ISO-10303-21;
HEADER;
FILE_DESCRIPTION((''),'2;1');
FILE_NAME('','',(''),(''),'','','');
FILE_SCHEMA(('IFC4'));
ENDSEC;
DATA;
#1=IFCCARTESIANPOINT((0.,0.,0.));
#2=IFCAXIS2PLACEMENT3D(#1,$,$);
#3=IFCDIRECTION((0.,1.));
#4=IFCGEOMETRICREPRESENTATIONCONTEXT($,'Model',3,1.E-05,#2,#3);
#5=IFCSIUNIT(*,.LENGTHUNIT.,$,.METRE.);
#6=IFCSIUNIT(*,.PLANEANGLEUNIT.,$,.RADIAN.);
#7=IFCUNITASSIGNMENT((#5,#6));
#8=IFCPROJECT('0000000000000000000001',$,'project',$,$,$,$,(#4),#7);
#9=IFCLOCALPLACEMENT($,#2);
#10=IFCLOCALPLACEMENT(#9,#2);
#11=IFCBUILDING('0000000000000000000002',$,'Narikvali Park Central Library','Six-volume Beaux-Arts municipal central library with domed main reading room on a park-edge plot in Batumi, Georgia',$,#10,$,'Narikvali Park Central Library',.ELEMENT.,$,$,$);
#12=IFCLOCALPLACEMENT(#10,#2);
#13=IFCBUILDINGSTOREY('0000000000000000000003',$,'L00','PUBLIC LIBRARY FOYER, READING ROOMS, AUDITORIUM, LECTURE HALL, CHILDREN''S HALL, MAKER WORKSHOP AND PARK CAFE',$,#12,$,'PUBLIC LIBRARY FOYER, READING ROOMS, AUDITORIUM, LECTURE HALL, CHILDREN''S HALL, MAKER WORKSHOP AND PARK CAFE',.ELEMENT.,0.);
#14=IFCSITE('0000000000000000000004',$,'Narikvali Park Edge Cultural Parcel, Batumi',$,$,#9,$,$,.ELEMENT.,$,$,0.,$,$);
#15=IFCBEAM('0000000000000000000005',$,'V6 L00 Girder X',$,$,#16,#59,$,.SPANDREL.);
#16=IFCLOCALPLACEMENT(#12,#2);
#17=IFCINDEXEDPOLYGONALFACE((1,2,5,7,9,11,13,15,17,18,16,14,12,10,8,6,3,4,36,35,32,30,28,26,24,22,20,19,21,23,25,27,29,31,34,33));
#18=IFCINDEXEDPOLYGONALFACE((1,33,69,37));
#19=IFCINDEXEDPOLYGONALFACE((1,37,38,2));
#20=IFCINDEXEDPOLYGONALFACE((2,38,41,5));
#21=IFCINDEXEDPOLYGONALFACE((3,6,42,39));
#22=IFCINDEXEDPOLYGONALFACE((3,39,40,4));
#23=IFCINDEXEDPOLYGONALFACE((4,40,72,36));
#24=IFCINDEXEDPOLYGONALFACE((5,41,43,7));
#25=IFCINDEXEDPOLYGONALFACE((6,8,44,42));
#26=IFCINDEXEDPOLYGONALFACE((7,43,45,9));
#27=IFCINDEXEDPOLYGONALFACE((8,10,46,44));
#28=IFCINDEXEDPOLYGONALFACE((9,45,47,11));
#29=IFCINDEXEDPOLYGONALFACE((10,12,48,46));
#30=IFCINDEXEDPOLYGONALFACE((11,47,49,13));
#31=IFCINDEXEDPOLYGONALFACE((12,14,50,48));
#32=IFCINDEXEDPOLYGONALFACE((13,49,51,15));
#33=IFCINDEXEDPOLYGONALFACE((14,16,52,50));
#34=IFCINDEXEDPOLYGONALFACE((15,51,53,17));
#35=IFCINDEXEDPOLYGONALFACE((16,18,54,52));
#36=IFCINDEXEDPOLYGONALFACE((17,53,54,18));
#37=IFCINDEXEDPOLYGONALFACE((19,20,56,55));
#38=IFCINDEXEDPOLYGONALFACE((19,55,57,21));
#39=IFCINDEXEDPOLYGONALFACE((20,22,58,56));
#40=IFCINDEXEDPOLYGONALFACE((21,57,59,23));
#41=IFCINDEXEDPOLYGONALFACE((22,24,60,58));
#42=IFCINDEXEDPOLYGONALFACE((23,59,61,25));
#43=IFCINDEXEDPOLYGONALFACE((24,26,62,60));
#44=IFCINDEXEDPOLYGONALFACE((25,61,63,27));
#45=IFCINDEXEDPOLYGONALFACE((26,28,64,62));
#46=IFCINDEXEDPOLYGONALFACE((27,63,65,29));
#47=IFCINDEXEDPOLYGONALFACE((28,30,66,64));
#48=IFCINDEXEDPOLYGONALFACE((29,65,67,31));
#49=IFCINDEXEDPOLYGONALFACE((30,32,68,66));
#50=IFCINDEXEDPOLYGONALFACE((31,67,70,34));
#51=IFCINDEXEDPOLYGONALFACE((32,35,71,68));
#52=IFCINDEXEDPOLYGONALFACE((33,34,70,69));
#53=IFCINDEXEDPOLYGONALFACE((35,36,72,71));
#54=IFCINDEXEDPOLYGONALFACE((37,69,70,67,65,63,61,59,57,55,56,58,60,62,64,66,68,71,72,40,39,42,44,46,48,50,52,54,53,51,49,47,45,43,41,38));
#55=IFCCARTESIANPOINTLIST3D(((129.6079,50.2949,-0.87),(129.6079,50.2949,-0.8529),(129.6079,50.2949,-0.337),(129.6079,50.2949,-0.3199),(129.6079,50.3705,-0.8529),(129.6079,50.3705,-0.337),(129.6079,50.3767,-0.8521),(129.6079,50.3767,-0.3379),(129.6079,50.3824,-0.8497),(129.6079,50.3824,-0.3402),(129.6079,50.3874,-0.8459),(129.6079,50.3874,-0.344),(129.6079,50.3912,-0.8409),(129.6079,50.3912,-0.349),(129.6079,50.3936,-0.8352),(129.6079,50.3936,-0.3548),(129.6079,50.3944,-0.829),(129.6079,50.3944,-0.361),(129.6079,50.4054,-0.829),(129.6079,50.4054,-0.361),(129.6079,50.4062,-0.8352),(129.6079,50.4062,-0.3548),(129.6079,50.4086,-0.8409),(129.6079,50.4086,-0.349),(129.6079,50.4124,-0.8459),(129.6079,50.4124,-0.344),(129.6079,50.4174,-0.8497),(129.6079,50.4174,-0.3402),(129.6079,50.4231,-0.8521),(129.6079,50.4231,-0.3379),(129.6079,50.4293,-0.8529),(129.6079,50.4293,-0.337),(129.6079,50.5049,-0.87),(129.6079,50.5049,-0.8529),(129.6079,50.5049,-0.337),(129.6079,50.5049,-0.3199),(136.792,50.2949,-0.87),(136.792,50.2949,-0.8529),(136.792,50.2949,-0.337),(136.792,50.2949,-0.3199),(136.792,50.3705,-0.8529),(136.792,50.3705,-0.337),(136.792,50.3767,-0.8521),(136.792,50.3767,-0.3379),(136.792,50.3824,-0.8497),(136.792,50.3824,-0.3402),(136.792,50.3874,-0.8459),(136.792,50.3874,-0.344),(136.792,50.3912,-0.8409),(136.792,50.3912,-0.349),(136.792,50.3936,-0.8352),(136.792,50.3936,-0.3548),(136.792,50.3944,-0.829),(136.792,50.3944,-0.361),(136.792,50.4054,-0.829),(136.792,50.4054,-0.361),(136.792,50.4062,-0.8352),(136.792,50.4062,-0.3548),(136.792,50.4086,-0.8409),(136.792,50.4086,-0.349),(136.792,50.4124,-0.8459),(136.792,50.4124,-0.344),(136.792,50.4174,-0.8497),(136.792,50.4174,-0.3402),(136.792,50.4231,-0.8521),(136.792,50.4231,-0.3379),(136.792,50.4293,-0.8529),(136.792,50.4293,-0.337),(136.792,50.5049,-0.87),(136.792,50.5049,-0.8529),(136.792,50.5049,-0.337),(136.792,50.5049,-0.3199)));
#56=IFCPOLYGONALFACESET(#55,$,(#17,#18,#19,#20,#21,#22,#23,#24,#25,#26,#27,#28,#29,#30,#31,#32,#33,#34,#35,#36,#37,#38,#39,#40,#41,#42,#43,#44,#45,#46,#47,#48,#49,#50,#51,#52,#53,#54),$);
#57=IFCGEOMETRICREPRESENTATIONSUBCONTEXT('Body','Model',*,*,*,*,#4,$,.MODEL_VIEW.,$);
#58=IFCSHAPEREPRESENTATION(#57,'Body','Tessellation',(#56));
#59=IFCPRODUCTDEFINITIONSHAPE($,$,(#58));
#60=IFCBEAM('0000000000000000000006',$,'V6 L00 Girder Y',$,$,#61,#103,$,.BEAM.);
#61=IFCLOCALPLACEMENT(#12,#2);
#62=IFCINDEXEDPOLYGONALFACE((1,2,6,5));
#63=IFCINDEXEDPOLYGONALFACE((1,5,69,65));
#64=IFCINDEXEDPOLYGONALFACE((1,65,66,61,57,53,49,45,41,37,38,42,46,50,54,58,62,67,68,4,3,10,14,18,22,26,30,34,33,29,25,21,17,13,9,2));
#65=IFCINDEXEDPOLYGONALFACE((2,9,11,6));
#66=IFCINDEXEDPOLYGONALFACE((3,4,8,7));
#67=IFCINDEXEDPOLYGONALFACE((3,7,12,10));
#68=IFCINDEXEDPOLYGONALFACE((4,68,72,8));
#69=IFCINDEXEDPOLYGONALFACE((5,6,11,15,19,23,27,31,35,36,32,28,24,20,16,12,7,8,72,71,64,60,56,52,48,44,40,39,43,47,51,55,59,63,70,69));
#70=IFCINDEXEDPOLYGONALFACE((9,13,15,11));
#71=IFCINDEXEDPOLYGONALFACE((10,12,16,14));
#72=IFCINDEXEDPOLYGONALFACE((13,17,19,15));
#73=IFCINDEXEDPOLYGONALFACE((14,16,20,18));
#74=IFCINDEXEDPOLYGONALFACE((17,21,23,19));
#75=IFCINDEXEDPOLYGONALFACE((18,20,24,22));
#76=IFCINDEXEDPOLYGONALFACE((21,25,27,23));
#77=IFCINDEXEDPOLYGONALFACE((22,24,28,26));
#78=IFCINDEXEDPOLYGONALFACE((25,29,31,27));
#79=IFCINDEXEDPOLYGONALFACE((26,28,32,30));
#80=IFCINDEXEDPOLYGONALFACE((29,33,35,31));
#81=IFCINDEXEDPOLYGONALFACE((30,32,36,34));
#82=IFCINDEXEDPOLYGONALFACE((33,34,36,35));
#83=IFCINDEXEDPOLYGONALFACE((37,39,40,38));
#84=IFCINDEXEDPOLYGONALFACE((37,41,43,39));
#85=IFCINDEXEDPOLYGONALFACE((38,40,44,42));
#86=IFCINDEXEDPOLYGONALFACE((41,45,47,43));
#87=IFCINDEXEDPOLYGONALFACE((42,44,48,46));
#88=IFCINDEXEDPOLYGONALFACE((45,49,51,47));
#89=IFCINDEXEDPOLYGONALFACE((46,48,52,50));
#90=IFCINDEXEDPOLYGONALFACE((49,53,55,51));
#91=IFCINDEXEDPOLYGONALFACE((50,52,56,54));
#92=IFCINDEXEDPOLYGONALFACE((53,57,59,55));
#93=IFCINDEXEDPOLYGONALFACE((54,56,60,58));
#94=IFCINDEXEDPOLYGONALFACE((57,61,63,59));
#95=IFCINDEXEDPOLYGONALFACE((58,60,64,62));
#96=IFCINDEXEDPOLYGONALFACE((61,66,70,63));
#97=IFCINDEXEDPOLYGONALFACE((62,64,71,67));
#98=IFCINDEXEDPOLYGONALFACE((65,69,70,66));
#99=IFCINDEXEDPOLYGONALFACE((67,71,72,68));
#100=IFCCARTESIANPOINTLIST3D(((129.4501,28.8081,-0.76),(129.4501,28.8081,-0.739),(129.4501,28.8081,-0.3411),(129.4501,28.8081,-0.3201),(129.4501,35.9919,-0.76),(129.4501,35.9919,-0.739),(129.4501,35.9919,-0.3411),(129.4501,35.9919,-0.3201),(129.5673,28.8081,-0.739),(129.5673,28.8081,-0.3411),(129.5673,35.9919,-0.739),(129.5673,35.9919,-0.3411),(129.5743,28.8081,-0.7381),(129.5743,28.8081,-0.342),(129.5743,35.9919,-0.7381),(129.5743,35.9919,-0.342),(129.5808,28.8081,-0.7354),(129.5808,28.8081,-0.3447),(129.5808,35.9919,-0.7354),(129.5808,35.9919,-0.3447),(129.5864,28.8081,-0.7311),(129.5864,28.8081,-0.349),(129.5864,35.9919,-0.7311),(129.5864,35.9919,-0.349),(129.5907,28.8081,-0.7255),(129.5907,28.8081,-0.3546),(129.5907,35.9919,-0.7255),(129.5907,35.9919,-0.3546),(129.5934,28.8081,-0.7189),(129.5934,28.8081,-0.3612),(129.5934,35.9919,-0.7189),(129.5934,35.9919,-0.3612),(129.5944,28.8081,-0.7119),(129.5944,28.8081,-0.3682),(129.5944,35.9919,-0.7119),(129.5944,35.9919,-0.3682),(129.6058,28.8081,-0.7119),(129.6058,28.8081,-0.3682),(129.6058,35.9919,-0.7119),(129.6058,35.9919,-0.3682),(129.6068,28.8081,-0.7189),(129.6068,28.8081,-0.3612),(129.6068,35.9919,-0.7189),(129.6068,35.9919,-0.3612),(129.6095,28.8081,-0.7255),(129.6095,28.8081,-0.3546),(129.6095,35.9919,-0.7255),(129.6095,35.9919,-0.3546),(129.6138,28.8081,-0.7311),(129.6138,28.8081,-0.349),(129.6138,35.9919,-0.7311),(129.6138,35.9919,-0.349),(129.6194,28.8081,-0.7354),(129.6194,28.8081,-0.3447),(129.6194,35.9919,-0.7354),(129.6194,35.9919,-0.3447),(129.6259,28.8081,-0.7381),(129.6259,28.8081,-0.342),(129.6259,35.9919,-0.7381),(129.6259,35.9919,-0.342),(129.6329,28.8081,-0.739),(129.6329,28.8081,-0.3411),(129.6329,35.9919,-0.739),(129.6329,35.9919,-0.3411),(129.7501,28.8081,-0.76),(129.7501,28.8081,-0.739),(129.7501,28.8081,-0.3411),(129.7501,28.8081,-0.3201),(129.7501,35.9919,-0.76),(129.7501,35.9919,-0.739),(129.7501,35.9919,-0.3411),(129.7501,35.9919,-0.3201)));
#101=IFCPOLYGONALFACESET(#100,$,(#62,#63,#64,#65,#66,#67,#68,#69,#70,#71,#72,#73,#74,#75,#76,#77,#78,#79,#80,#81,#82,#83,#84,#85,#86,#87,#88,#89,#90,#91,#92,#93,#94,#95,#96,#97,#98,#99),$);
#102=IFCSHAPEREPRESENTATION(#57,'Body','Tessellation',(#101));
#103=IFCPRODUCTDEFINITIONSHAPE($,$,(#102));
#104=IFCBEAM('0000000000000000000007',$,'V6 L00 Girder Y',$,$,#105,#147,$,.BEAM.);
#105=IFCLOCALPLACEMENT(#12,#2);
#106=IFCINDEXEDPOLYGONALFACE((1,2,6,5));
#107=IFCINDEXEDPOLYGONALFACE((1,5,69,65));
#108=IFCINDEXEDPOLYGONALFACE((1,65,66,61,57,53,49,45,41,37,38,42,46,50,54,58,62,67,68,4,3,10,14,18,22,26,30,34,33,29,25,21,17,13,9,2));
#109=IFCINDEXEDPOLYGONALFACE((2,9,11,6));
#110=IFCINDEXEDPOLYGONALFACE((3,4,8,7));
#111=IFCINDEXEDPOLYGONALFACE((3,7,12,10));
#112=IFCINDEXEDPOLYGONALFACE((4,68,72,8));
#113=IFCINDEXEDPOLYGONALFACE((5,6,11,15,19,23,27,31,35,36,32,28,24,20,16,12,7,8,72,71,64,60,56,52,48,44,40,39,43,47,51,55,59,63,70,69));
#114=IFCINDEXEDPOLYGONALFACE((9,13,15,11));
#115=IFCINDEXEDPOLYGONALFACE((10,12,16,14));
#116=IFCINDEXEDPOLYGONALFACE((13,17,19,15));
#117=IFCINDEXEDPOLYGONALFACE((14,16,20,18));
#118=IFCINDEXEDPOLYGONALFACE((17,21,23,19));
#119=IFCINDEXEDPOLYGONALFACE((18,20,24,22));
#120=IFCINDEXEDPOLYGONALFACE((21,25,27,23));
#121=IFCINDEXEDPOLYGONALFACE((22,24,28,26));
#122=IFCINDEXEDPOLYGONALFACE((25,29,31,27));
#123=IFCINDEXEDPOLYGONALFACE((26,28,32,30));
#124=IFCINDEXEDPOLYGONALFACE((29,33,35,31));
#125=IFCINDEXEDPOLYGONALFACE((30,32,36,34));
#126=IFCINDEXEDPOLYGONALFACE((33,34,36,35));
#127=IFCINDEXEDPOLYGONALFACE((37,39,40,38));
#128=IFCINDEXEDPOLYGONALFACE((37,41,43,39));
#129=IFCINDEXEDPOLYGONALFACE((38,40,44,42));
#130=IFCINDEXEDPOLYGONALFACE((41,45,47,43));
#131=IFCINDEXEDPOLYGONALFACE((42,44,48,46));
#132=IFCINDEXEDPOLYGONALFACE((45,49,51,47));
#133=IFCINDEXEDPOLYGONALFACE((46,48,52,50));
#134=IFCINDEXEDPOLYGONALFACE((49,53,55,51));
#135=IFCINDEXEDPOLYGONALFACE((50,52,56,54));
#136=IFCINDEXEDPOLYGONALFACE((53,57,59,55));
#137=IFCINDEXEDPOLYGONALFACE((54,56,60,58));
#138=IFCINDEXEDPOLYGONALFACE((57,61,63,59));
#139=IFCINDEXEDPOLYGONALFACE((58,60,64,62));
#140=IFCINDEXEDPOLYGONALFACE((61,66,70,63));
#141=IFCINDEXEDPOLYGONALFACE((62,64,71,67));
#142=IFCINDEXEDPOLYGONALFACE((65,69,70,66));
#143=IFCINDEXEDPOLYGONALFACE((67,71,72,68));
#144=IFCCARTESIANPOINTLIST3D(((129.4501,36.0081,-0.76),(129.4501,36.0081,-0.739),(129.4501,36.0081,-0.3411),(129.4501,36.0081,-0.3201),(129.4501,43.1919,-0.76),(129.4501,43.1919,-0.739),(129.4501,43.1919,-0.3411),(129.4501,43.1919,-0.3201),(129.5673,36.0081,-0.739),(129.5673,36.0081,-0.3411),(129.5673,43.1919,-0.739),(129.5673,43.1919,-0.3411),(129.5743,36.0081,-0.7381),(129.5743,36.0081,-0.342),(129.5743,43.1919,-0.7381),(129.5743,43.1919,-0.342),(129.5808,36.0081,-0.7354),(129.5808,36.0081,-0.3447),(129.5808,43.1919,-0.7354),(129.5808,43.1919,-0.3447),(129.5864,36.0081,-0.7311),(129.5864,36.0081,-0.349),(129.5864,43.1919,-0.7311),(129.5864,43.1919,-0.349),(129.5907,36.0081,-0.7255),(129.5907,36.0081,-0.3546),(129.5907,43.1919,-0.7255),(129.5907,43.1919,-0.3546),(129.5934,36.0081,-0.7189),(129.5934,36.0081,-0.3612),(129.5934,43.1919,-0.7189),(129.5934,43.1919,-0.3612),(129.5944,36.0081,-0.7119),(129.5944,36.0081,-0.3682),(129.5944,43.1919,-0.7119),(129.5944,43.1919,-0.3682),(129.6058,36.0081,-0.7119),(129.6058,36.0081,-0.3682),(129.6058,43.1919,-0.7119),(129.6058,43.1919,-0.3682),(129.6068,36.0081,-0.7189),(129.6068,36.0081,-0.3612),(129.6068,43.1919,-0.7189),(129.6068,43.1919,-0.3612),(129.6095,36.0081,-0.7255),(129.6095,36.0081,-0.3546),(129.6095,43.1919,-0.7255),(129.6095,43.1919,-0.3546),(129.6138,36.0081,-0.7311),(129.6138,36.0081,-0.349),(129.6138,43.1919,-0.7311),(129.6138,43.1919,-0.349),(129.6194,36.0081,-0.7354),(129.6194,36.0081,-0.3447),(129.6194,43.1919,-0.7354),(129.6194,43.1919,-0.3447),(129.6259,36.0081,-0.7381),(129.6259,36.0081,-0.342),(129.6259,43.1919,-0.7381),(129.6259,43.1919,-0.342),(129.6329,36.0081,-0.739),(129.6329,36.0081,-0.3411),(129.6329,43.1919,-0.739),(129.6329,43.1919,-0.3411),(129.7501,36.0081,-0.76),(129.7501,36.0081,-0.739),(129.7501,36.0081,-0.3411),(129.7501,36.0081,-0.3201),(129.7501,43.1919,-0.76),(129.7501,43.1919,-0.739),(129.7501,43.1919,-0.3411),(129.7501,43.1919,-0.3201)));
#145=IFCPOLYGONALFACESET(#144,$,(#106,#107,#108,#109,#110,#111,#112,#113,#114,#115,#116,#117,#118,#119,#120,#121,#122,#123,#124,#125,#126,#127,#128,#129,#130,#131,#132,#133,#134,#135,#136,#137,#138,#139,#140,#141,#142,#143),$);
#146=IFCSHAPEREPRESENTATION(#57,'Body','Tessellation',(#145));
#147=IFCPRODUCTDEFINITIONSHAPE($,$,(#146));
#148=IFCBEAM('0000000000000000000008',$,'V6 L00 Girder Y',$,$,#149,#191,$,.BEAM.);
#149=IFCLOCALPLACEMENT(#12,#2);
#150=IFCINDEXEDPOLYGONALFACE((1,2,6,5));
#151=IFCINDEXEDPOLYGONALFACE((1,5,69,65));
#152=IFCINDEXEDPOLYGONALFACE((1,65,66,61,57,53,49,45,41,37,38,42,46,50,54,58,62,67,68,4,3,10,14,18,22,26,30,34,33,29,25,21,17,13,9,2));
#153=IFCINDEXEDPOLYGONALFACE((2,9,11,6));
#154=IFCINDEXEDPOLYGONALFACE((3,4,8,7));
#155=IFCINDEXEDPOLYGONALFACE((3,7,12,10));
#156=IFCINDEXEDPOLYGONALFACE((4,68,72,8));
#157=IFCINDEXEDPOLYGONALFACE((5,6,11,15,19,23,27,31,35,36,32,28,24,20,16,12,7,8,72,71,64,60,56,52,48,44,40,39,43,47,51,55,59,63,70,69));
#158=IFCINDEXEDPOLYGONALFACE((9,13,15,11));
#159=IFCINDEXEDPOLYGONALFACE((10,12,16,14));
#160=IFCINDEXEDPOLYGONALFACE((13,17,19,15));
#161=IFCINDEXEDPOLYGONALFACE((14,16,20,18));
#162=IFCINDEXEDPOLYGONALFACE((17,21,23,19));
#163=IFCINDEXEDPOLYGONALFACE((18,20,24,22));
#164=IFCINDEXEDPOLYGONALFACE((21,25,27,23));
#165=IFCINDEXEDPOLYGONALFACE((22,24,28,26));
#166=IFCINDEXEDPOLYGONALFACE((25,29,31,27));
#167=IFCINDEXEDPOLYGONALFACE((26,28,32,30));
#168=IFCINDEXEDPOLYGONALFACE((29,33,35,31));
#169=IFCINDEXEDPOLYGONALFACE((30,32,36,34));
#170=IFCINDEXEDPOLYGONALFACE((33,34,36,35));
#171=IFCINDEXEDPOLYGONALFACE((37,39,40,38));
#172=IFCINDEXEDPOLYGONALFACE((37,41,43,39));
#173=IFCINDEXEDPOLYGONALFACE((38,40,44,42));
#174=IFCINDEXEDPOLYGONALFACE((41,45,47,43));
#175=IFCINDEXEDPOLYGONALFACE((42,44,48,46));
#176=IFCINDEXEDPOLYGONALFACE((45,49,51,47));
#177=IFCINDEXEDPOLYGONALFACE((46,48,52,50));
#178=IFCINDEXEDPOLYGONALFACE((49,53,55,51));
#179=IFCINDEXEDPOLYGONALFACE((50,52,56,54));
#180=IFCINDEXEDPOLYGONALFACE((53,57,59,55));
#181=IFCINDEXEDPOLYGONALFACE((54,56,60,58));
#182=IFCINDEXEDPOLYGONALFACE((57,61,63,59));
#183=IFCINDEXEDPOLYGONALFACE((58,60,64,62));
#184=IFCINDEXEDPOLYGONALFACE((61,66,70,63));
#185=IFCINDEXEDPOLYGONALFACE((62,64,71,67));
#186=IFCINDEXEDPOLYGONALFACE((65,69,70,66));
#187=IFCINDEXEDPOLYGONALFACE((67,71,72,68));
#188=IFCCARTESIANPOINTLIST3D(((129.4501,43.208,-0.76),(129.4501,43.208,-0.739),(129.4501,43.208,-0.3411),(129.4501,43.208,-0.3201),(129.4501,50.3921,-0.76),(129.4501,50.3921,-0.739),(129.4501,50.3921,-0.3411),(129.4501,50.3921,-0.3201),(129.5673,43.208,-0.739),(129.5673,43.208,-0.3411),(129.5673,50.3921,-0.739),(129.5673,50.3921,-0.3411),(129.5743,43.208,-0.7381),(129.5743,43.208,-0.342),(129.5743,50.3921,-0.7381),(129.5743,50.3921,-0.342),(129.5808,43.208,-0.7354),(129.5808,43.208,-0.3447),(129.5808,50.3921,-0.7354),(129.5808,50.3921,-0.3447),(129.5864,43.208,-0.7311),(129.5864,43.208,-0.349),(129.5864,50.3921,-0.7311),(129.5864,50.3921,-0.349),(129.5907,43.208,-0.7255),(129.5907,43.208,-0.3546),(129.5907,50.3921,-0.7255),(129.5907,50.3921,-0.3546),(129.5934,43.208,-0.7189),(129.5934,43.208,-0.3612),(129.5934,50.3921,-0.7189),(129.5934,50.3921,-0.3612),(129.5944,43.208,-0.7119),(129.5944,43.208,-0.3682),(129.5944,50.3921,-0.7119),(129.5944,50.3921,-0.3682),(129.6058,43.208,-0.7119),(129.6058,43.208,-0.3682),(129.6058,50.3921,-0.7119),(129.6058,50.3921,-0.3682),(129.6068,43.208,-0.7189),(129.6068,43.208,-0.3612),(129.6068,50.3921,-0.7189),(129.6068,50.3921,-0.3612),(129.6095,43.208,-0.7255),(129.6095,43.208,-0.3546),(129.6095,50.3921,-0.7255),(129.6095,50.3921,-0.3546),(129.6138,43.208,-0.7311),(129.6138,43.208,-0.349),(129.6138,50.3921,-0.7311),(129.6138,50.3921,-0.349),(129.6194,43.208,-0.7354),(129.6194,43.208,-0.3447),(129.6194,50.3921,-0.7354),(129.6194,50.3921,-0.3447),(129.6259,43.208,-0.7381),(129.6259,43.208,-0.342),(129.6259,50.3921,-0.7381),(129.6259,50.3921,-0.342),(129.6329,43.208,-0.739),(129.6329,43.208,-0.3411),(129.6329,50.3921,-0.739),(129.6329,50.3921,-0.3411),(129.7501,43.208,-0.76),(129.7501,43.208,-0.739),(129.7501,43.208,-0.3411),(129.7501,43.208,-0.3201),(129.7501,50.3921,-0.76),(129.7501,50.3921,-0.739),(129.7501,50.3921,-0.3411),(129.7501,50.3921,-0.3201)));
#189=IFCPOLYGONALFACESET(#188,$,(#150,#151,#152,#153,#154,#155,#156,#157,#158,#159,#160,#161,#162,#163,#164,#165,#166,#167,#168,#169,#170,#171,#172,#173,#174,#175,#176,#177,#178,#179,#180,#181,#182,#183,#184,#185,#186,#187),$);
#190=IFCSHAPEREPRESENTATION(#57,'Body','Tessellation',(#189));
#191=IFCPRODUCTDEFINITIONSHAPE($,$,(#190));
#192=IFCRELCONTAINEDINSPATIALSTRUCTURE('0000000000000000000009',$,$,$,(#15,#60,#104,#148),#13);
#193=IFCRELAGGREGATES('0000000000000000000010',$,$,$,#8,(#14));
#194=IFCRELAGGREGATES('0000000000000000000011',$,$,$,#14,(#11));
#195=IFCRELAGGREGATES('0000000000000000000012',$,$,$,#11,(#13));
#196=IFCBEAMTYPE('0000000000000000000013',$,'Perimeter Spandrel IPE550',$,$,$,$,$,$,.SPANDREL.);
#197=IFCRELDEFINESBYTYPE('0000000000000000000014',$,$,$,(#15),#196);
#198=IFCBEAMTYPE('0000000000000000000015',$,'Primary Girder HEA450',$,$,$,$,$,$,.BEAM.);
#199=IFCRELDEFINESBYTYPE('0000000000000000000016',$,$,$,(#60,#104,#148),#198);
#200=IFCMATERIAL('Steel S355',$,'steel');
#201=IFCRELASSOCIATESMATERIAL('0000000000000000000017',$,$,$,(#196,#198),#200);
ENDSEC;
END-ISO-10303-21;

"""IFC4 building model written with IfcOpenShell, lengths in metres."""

from ifc_helpers import new_model, si_unit, direction, frame, origin, origin_2d, place, context, subcontext, project, spatial, i_section, extrude, material, material_profile, profile_set, type_object, element, save


model = new_model("IFC4")

# Units and contexts
model_context = context("Model", 3, precision=1e-05, world=origin(), true_north=direction((0.0, 1.0)))
body_context = subcontext(model_context, "Body", "Model", "MODEL_VIEW")
ifc_project = project(units=[si_unit("LENGTHUNIT", "METRE"), si_unit("PLANEANGLEUNIT", "RADIAN")], contexts=[model_context])

# Site, building, storey
site_placement = place(None, origin())
site = spatial("IfcSite", under=ifc_project, at=site_placement, Name="Narikvali Park Edge Cultural Parcel, Batumi", CompositionType="ELEMENT", RefElevation=0.0)
building_placement = place(site_placement, origin())
building = spatial("IfcBuilding", under=site, at=building_placement, Name="Narikvali Park Central Library", Description="Six-volume Beaux-Arts municipal central library with domed main reading room on a park-edge plot in Batumi, Georgia", LongName="Narikvali Park Central Library", CompositionType="ELEMENT")
storey_placement = place(building_placement, origin())
storey = spatial("IfcBuildingStorey", under=building, at=storey_placement, Name="L00", Description="PUBLIC LIBRARY FOYER, READING ROOMS, AUDITORIUM, LECTURE HALL, CHILDREN'S HALL, MAKER WORKSHOP AND PARK CAFE", LongName="PUBLIC LIBRARY FOYER, READING ROOMS, AUDITORIUM, LECTURE HALL, CHILDREN'S HALL, MAKER WORKSHOP AND PARK CAFE", CompositionType="ELEMENT", Elevation=0.0)

# Shared definitions
ifc_material_1 = material(Name="Steel S355", Category="steel")

# Beams
ifc_material_profile_1 = material_profile(ifc_material_1, i_section(OverallWidth=0.21, OverallDepth=0.55, WebThickness=0.011, FlangeThickness=0.0171, FilletRadius=0.0239, at=origin_2d()), Name="IPE 550")
ifc_profile_set_1 = profile_set([ifc_material_profile_1], Name="Steel S355")
beam_type_1 = type_object("IfcBeamType", Name="Perimeter Spandrel IPE550", PredefinedType="SPANDREL", material=ifc_profile_set_1)
for number, where, z_axis, x_axis, name in (
    (1, (129.6079, 50.3999, -0.595), (1.0, 0.0, 0.0), (0.0, 1.0, 0.0), "V6 L00 Girder X"),
):
    element("IfcBeam", number, at=place(storey_placement, frame(where, z_axis=z_axis, x_axis=x_axis)), inside=storey, type_object=beam_type_1, Name=name, PredefinedType="SPANDREL", context=body_context, shape_type="SweptSolid", body=[
        extrude(i_section(OverallWidth=0.21, OverallDepth=0.55, WebThickness=0.011, FlangeThickness=0.0171, FilletRadius=0.0239, at=origin_2d()), origin(), (0.0, 0.0, 1.0), 7.1841),
    ])
ifc_material_profile_2 = material_profile(ifc_material_1, i_section(OverallWidth=0.3, OverallDepth=0.4399, WebThickness=0.0115, FlangeThickness=0.021, FilletRadius=0.0271, at=origin_2d()), Name="HEA 450")
ifc_profile_set_2 = profile_set([ifc_material_profile_2], Name="Steel S355")
beam_type_2 = type_object("IfcBeamType", Name="Primary Girder HEA450", PredefinedType="BEAM", material=ifc_profile_set_2)
for number, where, z_axis, x_axis, name in (
    (2, (129.6001, 28.8081, -0.54), (0.0, 1.0, 0.0), (-1.0, 0.0, 0.0), "V6 L00 Girder Y"),
    (3, (129.6001, 36.0081, -0.54), (0.0, 1.0, 0.0), (-1.0, 0.0, 0.0), "V6 L00 Girder Y"),
):
    element("IfcBeam", number, at=place(storey_placement, frame(where, z_axis=z_axis, x_axis=x_axis)), inside=storey, type_object=beam_type_2, Name=name, PredefinedType="BEAM", context=body_context, shape_type="SweptSolid", body=[
        extrude(i_section(OverallWidth=0.3, OverallDepth=0.4399, WebThickness=0.0115, FlangeThickness=0.021, FilletRadius=0.0271, at=origin_2d()), origin(), (0.0, 0.0, 1.0), 7.1838),
    ])
beam_placement = place(storey_placement, frame((129.6001, 43.208, -0.54), z_axis=(0.0, 1.0, 0.0), x_axis=(-1.0, 0.0, 0.0)))
element("IfcBeam", 4, at=beam_placement, inside=storey, type_object=beam_type_2, Name="V6 L00 Girder Y", PredefinedType="BEAM", context=body_context, shape_type="SweptSolid", body=[
    extrude(i_section(OverallWidth=0.3, OverallDepth=0.4399, WebThickness=0.0115, FlangeThickness=0.021, FilletRadius=0.0271, at=origin_2d()), origin(), (0.0, 0.0, 1.0), 7.1841),
])

save(model, "model.ifc")
